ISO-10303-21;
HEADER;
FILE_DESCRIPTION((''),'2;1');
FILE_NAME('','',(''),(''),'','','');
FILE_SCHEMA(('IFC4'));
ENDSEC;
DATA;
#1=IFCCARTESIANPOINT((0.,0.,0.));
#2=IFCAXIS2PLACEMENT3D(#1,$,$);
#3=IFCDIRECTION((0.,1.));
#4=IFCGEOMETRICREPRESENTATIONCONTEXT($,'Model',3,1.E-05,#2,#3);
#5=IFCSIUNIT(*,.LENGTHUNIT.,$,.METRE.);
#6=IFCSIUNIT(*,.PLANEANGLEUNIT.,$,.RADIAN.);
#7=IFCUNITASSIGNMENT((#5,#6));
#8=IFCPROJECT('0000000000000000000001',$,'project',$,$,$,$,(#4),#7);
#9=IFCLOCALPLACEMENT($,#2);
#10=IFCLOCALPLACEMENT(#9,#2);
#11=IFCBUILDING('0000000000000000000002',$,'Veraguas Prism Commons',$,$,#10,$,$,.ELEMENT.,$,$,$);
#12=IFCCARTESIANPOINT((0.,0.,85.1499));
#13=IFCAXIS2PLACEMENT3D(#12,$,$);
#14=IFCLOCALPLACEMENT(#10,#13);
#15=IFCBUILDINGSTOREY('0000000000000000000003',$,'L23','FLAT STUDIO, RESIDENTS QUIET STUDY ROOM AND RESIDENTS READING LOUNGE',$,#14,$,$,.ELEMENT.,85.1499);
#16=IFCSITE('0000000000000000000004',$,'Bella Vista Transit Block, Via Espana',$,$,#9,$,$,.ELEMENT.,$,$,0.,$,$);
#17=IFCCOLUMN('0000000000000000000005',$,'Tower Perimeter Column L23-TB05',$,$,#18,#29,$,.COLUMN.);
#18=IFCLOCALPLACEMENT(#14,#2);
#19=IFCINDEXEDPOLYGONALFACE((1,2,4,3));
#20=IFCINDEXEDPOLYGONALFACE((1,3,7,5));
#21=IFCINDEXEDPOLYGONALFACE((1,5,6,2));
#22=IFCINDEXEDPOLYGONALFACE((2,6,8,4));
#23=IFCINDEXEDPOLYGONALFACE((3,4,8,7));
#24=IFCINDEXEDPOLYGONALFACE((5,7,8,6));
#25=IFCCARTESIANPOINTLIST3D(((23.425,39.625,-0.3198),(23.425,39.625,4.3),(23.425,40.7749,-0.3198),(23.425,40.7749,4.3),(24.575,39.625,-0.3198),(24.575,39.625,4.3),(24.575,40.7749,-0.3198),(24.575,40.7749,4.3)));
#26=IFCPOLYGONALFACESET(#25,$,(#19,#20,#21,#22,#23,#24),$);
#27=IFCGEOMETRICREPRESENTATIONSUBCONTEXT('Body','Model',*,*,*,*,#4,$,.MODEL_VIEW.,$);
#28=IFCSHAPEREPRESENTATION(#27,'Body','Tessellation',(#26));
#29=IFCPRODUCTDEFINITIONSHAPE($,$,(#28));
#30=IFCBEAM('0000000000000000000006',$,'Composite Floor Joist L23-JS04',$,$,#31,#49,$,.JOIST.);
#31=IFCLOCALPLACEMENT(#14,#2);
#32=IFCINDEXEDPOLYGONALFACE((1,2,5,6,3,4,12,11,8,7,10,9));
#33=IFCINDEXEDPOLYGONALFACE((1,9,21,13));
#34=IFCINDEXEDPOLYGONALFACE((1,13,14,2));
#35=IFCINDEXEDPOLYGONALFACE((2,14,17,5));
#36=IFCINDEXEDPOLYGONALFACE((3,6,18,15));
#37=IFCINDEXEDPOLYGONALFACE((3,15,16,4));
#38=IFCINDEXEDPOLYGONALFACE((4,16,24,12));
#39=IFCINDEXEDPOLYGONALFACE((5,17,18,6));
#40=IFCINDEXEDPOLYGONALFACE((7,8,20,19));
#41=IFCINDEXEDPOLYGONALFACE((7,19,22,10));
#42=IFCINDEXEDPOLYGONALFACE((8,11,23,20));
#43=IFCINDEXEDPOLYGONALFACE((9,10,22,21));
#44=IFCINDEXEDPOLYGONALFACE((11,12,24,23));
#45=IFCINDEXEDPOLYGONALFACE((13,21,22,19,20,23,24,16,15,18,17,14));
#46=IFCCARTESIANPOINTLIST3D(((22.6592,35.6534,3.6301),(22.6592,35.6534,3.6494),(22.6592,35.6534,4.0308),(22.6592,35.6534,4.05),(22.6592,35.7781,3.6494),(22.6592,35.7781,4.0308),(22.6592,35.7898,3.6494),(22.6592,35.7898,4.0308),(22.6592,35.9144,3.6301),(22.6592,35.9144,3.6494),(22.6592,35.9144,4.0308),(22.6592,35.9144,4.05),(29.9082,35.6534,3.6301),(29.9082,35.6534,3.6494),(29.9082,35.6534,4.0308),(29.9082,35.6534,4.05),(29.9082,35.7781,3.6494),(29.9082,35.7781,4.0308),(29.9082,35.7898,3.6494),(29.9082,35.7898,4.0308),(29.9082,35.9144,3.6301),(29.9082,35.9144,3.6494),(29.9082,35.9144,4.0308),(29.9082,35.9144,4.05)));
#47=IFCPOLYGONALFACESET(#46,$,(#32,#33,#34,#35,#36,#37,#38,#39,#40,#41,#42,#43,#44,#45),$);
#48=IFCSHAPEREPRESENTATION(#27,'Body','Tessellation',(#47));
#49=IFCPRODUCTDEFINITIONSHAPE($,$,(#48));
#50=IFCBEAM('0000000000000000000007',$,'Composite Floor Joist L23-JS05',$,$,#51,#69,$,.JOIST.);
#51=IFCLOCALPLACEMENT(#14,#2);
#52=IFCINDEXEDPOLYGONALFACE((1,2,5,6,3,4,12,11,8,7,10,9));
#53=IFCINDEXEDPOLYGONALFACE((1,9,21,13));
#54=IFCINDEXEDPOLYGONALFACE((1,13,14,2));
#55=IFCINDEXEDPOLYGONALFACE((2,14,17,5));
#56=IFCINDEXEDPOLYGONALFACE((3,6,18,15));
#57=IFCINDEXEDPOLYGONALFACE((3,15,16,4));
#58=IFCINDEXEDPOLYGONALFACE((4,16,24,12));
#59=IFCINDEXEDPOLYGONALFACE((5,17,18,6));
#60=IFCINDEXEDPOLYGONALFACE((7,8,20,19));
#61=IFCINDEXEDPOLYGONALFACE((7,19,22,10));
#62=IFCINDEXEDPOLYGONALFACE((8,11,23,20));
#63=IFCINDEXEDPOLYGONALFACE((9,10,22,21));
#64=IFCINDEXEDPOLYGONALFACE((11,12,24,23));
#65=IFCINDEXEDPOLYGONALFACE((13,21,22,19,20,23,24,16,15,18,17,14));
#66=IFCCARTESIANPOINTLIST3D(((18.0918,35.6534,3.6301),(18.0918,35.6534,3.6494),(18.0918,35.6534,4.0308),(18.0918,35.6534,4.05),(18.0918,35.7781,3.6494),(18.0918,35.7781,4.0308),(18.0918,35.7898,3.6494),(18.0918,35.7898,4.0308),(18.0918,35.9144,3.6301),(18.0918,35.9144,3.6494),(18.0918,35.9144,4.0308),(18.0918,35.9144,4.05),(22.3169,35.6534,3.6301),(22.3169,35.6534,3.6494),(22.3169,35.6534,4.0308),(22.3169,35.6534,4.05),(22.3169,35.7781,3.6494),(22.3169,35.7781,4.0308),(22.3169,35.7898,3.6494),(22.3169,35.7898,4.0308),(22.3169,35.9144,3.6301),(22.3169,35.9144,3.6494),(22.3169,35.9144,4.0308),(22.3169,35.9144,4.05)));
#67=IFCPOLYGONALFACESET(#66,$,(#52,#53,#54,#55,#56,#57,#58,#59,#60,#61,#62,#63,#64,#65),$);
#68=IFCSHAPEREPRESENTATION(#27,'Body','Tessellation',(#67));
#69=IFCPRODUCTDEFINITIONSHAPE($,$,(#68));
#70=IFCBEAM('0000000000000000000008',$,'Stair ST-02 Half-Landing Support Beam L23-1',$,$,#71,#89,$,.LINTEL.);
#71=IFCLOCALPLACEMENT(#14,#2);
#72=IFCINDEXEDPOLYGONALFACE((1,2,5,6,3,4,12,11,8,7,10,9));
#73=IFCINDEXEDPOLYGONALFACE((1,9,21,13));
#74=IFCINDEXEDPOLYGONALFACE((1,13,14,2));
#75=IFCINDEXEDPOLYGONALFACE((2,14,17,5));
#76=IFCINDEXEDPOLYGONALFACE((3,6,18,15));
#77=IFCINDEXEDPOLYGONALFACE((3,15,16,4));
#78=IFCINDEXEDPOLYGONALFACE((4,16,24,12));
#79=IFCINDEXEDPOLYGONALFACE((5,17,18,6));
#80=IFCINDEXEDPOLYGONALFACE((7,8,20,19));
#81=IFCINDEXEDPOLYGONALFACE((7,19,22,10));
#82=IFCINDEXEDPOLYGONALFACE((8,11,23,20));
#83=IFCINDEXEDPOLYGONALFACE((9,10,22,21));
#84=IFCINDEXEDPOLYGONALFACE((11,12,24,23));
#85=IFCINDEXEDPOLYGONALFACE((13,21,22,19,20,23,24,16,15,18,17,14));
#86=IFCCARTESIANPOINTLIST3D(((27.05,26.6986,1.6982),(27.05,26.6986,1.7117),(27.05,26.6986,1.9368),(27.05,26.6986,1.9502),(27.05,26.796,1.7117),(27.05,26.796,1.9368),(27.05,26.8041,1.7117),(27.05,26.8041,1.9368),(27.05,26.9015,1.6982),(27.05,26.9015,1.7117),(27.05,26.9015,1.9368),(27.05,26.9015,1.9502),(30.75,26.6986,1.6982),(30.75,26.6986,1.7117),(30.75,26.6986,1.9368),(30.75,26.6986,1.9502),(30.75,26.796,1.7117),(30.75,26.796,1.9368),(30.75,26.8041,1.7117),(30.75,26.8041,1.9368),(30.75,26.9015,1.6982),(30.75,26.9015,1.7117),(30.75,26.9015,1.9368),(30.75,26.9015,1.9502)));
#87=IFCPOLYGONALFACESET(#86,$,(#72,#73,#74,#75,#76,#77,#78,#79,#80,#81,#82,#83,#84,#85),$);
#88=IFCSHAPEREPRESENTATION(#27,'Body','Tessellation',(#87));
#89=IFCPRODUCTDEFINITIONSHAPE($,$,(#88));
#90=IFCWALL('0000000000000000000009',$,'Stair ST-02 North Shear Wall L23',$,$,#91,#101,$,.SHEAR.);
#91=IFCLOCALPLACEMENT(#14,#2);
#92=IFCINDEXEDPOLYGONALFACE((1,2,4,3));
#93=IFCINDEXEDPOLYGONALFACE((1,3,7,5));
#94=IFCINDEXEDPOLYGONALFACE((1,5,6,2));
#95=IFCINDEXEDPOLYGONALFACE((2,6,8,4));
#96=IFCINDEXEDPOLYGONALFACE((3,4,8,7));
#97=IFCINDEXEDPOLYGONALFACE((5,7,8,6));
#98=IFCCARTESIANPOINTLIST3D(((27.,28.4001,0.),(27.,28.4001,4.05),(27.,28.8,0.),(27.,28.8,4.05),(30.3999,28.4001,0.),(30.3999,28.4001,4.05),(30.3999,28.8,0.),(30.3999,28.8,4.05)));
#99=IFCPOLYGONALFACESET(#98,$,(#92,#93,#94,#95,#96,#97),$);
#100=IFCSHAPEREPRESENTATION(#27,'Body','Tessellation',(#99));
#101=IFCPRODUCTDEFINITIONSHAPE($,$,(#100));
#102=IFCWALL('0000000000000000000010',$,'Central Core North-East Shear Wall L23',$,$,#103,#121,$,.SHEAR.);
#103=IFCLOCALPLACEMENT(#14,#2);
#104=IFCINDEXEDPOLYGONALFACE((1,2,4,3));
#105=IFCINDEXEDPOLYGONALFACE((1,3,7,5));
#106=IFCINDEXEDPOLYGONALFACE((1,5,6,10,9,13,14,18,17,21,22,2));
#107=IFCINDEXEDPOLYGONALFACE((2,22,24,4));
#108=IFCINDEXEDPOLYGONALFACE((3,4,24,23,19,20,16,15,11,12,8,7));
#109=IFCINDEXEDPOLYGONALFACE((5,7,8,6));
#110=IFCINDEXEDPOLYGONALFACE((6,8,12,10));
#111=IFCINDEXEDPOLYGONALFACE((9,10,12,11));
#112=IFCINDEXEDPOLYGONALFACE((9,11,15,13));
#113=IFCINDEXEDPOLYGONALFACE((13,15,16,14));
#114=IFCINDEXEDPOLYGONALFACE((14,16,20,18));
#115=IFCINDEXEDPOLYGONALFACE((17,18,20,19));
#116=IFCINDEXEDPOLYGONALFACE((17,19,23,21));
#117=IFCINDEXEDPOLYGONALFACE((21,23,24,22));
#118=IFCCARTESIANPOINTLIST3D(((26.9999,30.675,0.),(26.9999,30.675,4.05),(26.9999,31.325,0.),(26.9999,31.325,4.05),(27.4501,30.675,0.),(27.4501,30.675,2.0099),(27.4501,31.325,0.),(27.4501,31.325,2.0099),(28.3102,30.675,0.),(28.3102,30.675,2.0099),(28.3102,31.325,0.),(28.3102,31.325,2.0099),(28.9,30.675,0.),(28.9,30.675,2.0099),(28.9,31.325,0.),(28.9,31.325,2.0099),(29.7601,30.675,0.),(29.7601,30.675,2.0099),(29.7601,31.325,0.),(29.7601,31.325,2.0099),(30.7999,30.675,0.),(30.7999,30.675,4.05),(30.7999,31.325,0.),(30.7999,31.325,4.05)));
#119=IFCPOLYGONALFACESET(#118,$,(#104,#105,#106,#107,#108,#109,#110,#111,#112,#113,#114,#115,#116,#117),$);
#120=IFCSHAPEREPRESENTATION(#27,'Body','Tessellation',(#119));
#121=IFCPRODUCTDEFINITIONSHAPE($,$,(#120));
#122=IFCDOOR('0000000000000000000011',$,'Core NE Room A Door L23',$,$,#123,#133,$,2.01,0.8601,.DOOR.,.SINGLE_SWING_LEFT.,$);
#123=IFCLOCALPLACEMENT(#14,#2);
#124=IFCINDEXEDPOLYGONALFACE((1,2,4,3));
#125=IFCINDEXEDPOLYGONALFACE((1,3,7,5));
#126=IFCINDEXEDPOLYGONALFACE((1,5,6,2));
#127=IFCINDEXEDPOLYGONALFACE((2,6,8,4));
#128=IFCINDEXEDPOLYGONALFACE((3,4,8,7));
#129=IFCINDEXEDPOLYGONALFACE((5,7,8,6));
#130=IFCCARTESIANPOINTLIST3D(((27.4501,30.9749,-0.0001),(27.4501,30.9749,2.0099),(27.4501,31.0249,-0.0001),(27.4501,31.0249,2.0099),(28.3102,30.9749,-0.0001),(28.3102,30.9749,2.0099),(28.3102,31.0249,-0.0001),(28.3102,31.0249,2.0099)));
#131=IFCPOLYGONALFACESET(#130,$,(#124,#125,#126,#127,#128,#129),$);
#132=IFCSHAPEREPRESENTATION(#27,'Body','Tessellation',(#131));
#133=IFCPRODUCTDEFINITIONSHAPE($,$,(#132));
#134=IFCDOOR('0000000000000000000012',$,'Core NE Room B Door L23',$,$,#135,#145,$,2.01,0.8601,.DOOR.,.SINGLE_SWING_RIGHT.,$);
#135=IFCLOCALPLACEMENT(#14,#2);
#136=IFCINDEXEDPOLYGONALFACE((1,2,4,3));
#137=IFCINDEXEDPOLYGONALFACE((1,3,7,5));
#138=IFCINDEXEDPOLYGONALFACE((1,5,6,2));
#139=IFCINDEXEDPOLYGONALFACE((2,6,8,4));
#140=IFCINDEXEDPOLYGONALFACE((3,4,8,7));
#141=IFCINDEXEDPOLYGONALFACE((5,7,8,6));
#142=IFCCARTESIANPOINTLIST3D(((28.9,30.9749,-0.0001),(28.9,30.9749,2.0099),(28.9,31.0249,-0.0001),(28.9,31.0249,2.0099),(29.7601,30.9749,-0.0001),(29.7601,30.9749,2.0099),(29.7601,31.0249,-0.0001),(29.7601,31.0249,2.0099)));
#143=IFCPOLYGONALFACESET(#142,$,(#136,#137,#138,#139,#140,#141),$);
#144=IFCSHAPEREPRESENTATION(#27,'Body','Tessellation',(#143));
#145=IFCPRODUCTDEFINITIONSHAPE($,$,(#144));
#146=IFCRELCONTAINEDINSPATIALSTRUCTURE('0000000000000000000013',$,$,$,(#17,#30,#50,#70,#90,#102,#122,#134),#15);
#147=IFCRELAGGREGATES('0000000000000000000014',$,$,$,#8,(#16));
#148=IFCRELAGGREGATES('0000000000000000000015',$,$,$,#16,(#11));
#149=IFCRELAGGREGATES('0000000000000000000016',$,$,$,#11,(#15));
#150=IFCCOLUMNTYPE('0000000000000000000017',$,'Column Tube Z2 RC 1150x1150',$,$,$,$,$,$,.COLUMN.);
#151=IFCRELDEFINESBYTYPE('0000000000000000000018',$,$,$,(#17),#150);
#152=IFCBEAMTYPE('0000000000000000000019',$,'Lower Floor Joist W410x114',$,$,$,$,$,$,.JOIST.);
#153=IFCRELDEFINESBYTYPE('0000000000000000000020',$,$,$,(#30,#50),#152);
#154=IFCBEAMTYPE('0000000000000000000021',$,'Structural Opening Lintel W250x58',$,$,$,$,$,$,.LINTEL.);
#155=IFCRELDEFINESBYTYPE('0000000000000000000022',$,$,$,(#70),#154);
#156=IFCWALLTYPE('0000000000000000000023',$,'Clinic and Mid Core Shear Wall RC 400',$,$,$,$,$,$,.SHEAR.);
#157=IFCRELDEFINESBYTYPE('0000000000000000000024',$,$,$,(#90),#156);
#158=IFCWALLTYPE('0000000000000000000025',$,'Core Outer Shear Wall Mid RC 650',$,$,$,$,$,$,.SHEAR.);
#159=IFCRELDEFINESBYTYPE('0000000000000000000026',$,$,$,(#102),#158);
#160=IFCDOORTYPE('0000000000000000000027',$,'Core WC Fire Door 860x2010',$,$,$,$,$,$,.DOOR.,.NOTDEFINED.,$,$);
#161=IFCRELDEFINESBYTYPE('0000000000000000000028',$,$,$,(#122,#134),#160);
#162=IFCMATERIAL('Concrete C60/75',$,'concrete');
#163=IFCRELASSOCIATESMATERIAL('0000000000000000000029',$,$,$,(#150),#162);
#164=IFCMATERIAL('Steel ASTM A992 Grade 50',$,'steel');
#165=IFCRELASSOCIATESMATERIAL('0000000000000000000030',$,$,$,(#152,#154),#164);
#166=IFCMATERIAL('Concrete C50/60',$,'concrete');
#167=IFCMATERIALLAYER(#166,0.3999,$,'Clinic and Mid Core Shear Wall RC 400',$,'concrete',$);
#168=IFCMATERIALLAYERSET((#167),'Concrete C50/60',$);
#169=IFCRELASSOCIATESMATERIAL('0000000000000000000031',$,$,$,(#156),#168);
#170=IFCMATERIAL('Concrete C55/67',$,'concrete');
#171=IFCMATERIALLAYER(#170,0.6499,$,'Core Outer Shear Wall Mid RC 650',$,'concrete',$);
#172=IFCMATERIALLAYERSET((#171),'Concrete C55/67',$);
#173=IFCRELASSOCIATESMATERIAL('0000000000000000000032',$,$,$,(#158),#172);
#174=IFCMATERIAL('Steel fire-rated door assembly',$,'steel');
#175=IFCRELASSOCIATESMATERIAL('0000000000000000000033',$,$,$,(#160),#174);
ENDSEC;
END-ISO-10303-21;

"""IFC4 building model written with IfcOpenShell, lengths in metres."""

from ifc_helpers import new_model, si_unit, direction, frame, frame_2d, origin, origin_2d, place, context, subcontext, project, spatial, rectangle, i_section, extrude, source, transform, mapped, material, layer, layer_set, material_profile, profile_set, type_object, element, fill, save


model = new_model("IFC4")

# Units and contexts
model_context = context("Model", 3, precision=1e-05, world=origin(), true_north=direction((0.0, 1.0)))
body_context = subcontext(model_context, "Body", "Model", "MODEL_VIEW")
ifc_project = project(units=[si_unit("LENGTHUNIT", "METRE"), si_unit("PLANEANGLEUNIT", "RADIAN")], contexts=[model_context])

# Site, building, storey
site_placement = place(None, origin())
site = spatial("IfcSite", under=ifc_project, at=site_placement, Name="Bella Vista Transit Block, Via Espana", CompositionType="ELEMENT", RefElevation=0.0)
building_placement = place(site_placement, origin())
building = spatial("IfcBuilding", under=site, at=building_placement, Name="Veraguas Prism Commons", CompositionType="ELEMENT")
storey_placement = place(building_placement, frame((0.0, 0.0, 85.1499)))
storey = spatial("IfcBuildingStorey", under=building, at=storey_placement, Name="L23", Description="FLAT STUDIO, RESIDENTS QUIET STUDY ROOM AND RESIDENTS READING LOUNGE", CompositionType="ELEMENT", Elevation=85.1499)

# Column
ifc_material_1 = material(Name="Concrete C60/75", Category="concrete")
ifc_material_profile_1 = material_profile(ifc_material_1, rectangle(XDim=1.1499, YDim=1.1499, at=origin_2d()), Name="RC1150X1150")
ifc_profile_set_1 = profile_set([ifc_material_profile_1], Name="Concrete C60/75")
column_type = type_object("IfcColumnType", Name="Column Tube Z2 RC 1150x1150", PredefinedType="COLUMN", material=ifc_profile_set_1)
column_placement = place(storey_placement, frame((24.0, 40.2, -0.3198), z_axis=(0.0, 0.0, 1.0), x_axis=(1.0, 0.0, 0.0)))
element("IfcColumn", 1, at=column_placement, inside=storey, type_object=column_type, Name="Tower Perimeter Column L23-TB05", PredefinedType="COLUMN", context=body_context, shape_type="SweptSolid", body=[
    extrude(rectangle(XDim=1.1499, YDim=1.1499, at=origin_2d()), origin(), (0.0, 0.0, 1.0), 4.6199),
])

# Beams
ifc_material_2 = material(Name="Steel ASTM A992 Grade 50", Category="steel")
ifc_material_profile_2 = material_profile(ifc_material_2, i_section(OverallWidth=0.261, OverallDepth=0.4199, WebThickness=0.0117, FlangeThickness=0.0193, at=origin_2d()), Name="W410X114")
ifc_profile_set_2 = profile_set([ifc_material_profile_2], Name="Steel ASTM A992 Grade 50")
beam_type_1 = type_object("IfcBeamType", Name="Lower Floor Joist W410x114", PredefinedType="JOIST", material=ifc_profile_set_2)
beam_1_placement = place(storey_placement, frame((29.9082, 35.7839, 3.8401), z_axis=(-1.0, 0.0, 0.0), x_axis=(0.0, -1.0, 0.0)))
element("IfcBeam", 2, at=beam_1_placement, inside=storey, type_object=beam_type_1, Name="Composite Floor Joist L23-JS04", PredefinedType="JOIST", context=body_context, shape_type="SweptSolid", body=[
    extrude(i_section(OverallWidth=0.261, OverallDepth=0.4199, WebThickness=0.0117, FlangeThickness=0.0193, at=origin_2d()), origin(), (0.0, 0.0, 1.0), 7.249),
])
beam_2_placement = place(storey_placement, frame((22.3169, 35.7839, 3.8401), z_axis=(-1.0, 0.0, 0.0), x_axis=(0.0, -1.0, 0.0)))
element("IfcBeam", 3, at=beam_2_placement, inside=storey, type_object=beam_type_1, Name="Composite Floor Joist L23-JS05", PredefinedType="JOIST", context=body_context, shape_type="SweptSolid", body=[
    extrude(i_section(OverallWidth=0.261, OverallDepth=0.4199, WebThickness=0.0117, FlangeThickness=0.0193, at=origin_2d()), origin(), (0.0, 0.0, 1.0), 4.2251),
])
ifc_material_profile_3 = material_profile(ifc_material_2, i_section(OverallWidth=0.2029, OverallDepth=0.252, WebThickness=0.0081, FlangeThickness=0.0134, at=origin_2d()), Name="W250X58")
ifc_profile_set_3 = profile_set([ifc_material_profile_3], Name="Steel ASTM A992 Grade 50")
beam_type_2 = type_object("IfcBeamType", Name="Structural Opening Lintel W250x58", PredefinedType="LINTEL", material=ifc_profile_set_3)
beam_3_placement = place(storey_placement, frame((27.05, 26.8, 1.8242), z_axis=(1.0, 0.0, 0.0), x_axis=(0.0, 1.0, 0.0)))
element("IfcBeam", 4, at=beam_3_placement, inside=storey, type_object=beam_type_2, Name="Stair ST-02 Half-Landing Support Beam L23-1", PredefinedType="LINTEL", context=body_context, shape_type="SweptSolid", body=[
    extrude(i_section(OverallWidth=0.2029, OverallDepth=0.252, WebThickness=0.0081, FlangeThickness=0.0134, at=origin_2d()), origin(), (0.0, 0.0, 1.0), 3.7),
])

# Wall
ifc_material_3 = material(Name="Concrete C50/60", Category="concrete")
ifc_layer_1 = layer(ifc_material_3, 0.3999, Name="Clinic and Mid Core Shear Wall RC 400", Category="concrete")
ifc_layer_set_1 = layer_set([ifc_layer_1], Name="Concrete C50/60")
wall_type_1 = type_object("IfcWallType", Name="Clinic and Mid Core Shear Wall RC 400", PredefinedType="SHEAR", material=ifc_layer_set_1)
wall_1_placement = place(storey_placement, frame((27.0, 28.6001, 0.0), z_axis=(0.0, 0.0, 1.0), x_axis=(1.0, 0.0, 0.0)))
element("IfcWall", 5, at=wall_1_placement, inside=storey, type_object=wall_type_1, Name="Stair ST-02 North Shear Wall L23", PredefinedType="SHEAR", context=body_context, shape_type="SweptSolid", body=[
    extrude(rectangle(XDim=3.3999, YDim=0.3999, at=frame_2d((1.7, 0.0))), origin(), (0.0, 0.0, 1.0), 4.05),
])

# Wall, openings, doors
ifc_material_4 = material(Name="Concrete C55/67", Category="concrete")
ifc_layer_2 = layer(ifc_material_4, 0.6499, Name="Core Outer Shear Wall Mid RC 650", Category="concrete")
ifc_layer_set_2 = layer_set([ifc_layer_2], Name="Concrete C55/67")
wall_type_2 = type_object("IfcWallType", Name="Core Outer Shear Wall Mid RC 650", PredefinedType="SHEAR", material=ifc_layer_set_2)
wall_2_placement = place(storey_placement, frame((27.0, 31.0, 0.0), z_axis=(0.0, 0.0, 1.0), x_axis=(1.0, 0.0, 0.0)))
wall_2 = element("IfcWall", 6, at=wall_2_placement, inside=storey, type_object=wall_type_2, Name="Central Core North-East Shear Wall L23", PredefinedType="SHEAR", context=body_context, shape_type="SweptSolid", body=[
    extrude(rectangle(XDim=3.8, YDim=0.6499, at=frame_2d((1.8999, 0.0))), origin(), (0.0, 0.0, 1.0), 4.05),
])
opening_1_placement = place(wall_2_placement, frame((0.45, 0.0, 0.0)))
opening_1 = element("IfcOpeningElement", 7, at=opening_1_placement, cuts=wall_2, PredefinedType="OPENING", context=body_context, shape_type="SweptSolid", body=[
    extrude(rectangle(XDim=0.8601, YDim=2.01, at=frame_2d((0.4302, 1.0049))), frame((0.0, 0.335, 0.0), z_axis=(0.0, -1.0, 0.0), x_axis=(1.0, 0.0, 0.0)), (0.0, 0.0, 1.0), 0.6699),
])
opening_2_placement = place(wall_2_placement, frame((1.8999, 0.0, 0.0)))
opening_2 = element("IfcOpeningElement", 8, at=opening_2_placement, cuts=wall_2, PredefinedType="OPENING", context=body_context, shape_type="SweptSolid", body=[
    extrude(rectangle(XDim=0.8601, YDim=2.01, at=frame_2d((0.4302, 1.0049))), frame((0.0, 0.335, 0.0), z_axis=(0.0, -1.0, 0.0), x_axis=(1.0, 0.0, 0.0)), (0.0, 0.0, 1.0), 0.6699),
])
ifc_material_5 = material(Name="Steel fire-rated door assembly", Category="steel")
door_type_1 = type_object("IfcDoorType", Name="Core WC Fire Door 860x2010", OperationType="NOTDEFINED", PredefinedType="DOOR", material=ifc_material_5)
shared_shape_1 = source(origin(), body_context, "Body", "SweptSolid", [
    extrude(rectangle(XDim=0.8601, YDim=2.01, at=frame_2d((0.4302, 1.0049))), frame((0.0, 0.0249, 0.0), z_axis=(0.0, -1.0, 0.0), x_axis=(1.0, 0.0, 0.0)), (0.0, 0.0, 1.0), 0.05),
])
door_1_placement = place(opening_1_placement, origin())
door_1 = element("IfcDoor", 9, at=door_1_placement, inside=storey, type_object=door_type_1, Name="Core NE Room A Door L23", OperationType="SINGLE_SWING_LEFT", OverallHeight=2.01, OverallWidth=0.8601, PredefinedType="DOOR", context=body_context, shape_type="MappedRepresentation", body=[
    mapped(shared_shape_1, transform((0.0, 0.0, 0.0), scale=1.0)),
])
fill(opening_1, door_1)
door_2_placement = place(opening_2_placement, origin())
door_2 = element("IfcDoor", 10, at=door_2_placement, inside=storey, type_object=door_type_1, Name="Core NE Room B Door L23", OperationType="SINGLE_SWING_RIGHT", OverallHeight=2.01, OverallWidth=0.8601, PredefinedType="DOOR", context=body_context, shape_type="MappedRepresentation", body=[
    mapped(shared_shape_1, transform((0.0, 0.0, 0.0), scale=1.0)),
])
fill(opening_2, door_2)

save(model, "model.ifc")
